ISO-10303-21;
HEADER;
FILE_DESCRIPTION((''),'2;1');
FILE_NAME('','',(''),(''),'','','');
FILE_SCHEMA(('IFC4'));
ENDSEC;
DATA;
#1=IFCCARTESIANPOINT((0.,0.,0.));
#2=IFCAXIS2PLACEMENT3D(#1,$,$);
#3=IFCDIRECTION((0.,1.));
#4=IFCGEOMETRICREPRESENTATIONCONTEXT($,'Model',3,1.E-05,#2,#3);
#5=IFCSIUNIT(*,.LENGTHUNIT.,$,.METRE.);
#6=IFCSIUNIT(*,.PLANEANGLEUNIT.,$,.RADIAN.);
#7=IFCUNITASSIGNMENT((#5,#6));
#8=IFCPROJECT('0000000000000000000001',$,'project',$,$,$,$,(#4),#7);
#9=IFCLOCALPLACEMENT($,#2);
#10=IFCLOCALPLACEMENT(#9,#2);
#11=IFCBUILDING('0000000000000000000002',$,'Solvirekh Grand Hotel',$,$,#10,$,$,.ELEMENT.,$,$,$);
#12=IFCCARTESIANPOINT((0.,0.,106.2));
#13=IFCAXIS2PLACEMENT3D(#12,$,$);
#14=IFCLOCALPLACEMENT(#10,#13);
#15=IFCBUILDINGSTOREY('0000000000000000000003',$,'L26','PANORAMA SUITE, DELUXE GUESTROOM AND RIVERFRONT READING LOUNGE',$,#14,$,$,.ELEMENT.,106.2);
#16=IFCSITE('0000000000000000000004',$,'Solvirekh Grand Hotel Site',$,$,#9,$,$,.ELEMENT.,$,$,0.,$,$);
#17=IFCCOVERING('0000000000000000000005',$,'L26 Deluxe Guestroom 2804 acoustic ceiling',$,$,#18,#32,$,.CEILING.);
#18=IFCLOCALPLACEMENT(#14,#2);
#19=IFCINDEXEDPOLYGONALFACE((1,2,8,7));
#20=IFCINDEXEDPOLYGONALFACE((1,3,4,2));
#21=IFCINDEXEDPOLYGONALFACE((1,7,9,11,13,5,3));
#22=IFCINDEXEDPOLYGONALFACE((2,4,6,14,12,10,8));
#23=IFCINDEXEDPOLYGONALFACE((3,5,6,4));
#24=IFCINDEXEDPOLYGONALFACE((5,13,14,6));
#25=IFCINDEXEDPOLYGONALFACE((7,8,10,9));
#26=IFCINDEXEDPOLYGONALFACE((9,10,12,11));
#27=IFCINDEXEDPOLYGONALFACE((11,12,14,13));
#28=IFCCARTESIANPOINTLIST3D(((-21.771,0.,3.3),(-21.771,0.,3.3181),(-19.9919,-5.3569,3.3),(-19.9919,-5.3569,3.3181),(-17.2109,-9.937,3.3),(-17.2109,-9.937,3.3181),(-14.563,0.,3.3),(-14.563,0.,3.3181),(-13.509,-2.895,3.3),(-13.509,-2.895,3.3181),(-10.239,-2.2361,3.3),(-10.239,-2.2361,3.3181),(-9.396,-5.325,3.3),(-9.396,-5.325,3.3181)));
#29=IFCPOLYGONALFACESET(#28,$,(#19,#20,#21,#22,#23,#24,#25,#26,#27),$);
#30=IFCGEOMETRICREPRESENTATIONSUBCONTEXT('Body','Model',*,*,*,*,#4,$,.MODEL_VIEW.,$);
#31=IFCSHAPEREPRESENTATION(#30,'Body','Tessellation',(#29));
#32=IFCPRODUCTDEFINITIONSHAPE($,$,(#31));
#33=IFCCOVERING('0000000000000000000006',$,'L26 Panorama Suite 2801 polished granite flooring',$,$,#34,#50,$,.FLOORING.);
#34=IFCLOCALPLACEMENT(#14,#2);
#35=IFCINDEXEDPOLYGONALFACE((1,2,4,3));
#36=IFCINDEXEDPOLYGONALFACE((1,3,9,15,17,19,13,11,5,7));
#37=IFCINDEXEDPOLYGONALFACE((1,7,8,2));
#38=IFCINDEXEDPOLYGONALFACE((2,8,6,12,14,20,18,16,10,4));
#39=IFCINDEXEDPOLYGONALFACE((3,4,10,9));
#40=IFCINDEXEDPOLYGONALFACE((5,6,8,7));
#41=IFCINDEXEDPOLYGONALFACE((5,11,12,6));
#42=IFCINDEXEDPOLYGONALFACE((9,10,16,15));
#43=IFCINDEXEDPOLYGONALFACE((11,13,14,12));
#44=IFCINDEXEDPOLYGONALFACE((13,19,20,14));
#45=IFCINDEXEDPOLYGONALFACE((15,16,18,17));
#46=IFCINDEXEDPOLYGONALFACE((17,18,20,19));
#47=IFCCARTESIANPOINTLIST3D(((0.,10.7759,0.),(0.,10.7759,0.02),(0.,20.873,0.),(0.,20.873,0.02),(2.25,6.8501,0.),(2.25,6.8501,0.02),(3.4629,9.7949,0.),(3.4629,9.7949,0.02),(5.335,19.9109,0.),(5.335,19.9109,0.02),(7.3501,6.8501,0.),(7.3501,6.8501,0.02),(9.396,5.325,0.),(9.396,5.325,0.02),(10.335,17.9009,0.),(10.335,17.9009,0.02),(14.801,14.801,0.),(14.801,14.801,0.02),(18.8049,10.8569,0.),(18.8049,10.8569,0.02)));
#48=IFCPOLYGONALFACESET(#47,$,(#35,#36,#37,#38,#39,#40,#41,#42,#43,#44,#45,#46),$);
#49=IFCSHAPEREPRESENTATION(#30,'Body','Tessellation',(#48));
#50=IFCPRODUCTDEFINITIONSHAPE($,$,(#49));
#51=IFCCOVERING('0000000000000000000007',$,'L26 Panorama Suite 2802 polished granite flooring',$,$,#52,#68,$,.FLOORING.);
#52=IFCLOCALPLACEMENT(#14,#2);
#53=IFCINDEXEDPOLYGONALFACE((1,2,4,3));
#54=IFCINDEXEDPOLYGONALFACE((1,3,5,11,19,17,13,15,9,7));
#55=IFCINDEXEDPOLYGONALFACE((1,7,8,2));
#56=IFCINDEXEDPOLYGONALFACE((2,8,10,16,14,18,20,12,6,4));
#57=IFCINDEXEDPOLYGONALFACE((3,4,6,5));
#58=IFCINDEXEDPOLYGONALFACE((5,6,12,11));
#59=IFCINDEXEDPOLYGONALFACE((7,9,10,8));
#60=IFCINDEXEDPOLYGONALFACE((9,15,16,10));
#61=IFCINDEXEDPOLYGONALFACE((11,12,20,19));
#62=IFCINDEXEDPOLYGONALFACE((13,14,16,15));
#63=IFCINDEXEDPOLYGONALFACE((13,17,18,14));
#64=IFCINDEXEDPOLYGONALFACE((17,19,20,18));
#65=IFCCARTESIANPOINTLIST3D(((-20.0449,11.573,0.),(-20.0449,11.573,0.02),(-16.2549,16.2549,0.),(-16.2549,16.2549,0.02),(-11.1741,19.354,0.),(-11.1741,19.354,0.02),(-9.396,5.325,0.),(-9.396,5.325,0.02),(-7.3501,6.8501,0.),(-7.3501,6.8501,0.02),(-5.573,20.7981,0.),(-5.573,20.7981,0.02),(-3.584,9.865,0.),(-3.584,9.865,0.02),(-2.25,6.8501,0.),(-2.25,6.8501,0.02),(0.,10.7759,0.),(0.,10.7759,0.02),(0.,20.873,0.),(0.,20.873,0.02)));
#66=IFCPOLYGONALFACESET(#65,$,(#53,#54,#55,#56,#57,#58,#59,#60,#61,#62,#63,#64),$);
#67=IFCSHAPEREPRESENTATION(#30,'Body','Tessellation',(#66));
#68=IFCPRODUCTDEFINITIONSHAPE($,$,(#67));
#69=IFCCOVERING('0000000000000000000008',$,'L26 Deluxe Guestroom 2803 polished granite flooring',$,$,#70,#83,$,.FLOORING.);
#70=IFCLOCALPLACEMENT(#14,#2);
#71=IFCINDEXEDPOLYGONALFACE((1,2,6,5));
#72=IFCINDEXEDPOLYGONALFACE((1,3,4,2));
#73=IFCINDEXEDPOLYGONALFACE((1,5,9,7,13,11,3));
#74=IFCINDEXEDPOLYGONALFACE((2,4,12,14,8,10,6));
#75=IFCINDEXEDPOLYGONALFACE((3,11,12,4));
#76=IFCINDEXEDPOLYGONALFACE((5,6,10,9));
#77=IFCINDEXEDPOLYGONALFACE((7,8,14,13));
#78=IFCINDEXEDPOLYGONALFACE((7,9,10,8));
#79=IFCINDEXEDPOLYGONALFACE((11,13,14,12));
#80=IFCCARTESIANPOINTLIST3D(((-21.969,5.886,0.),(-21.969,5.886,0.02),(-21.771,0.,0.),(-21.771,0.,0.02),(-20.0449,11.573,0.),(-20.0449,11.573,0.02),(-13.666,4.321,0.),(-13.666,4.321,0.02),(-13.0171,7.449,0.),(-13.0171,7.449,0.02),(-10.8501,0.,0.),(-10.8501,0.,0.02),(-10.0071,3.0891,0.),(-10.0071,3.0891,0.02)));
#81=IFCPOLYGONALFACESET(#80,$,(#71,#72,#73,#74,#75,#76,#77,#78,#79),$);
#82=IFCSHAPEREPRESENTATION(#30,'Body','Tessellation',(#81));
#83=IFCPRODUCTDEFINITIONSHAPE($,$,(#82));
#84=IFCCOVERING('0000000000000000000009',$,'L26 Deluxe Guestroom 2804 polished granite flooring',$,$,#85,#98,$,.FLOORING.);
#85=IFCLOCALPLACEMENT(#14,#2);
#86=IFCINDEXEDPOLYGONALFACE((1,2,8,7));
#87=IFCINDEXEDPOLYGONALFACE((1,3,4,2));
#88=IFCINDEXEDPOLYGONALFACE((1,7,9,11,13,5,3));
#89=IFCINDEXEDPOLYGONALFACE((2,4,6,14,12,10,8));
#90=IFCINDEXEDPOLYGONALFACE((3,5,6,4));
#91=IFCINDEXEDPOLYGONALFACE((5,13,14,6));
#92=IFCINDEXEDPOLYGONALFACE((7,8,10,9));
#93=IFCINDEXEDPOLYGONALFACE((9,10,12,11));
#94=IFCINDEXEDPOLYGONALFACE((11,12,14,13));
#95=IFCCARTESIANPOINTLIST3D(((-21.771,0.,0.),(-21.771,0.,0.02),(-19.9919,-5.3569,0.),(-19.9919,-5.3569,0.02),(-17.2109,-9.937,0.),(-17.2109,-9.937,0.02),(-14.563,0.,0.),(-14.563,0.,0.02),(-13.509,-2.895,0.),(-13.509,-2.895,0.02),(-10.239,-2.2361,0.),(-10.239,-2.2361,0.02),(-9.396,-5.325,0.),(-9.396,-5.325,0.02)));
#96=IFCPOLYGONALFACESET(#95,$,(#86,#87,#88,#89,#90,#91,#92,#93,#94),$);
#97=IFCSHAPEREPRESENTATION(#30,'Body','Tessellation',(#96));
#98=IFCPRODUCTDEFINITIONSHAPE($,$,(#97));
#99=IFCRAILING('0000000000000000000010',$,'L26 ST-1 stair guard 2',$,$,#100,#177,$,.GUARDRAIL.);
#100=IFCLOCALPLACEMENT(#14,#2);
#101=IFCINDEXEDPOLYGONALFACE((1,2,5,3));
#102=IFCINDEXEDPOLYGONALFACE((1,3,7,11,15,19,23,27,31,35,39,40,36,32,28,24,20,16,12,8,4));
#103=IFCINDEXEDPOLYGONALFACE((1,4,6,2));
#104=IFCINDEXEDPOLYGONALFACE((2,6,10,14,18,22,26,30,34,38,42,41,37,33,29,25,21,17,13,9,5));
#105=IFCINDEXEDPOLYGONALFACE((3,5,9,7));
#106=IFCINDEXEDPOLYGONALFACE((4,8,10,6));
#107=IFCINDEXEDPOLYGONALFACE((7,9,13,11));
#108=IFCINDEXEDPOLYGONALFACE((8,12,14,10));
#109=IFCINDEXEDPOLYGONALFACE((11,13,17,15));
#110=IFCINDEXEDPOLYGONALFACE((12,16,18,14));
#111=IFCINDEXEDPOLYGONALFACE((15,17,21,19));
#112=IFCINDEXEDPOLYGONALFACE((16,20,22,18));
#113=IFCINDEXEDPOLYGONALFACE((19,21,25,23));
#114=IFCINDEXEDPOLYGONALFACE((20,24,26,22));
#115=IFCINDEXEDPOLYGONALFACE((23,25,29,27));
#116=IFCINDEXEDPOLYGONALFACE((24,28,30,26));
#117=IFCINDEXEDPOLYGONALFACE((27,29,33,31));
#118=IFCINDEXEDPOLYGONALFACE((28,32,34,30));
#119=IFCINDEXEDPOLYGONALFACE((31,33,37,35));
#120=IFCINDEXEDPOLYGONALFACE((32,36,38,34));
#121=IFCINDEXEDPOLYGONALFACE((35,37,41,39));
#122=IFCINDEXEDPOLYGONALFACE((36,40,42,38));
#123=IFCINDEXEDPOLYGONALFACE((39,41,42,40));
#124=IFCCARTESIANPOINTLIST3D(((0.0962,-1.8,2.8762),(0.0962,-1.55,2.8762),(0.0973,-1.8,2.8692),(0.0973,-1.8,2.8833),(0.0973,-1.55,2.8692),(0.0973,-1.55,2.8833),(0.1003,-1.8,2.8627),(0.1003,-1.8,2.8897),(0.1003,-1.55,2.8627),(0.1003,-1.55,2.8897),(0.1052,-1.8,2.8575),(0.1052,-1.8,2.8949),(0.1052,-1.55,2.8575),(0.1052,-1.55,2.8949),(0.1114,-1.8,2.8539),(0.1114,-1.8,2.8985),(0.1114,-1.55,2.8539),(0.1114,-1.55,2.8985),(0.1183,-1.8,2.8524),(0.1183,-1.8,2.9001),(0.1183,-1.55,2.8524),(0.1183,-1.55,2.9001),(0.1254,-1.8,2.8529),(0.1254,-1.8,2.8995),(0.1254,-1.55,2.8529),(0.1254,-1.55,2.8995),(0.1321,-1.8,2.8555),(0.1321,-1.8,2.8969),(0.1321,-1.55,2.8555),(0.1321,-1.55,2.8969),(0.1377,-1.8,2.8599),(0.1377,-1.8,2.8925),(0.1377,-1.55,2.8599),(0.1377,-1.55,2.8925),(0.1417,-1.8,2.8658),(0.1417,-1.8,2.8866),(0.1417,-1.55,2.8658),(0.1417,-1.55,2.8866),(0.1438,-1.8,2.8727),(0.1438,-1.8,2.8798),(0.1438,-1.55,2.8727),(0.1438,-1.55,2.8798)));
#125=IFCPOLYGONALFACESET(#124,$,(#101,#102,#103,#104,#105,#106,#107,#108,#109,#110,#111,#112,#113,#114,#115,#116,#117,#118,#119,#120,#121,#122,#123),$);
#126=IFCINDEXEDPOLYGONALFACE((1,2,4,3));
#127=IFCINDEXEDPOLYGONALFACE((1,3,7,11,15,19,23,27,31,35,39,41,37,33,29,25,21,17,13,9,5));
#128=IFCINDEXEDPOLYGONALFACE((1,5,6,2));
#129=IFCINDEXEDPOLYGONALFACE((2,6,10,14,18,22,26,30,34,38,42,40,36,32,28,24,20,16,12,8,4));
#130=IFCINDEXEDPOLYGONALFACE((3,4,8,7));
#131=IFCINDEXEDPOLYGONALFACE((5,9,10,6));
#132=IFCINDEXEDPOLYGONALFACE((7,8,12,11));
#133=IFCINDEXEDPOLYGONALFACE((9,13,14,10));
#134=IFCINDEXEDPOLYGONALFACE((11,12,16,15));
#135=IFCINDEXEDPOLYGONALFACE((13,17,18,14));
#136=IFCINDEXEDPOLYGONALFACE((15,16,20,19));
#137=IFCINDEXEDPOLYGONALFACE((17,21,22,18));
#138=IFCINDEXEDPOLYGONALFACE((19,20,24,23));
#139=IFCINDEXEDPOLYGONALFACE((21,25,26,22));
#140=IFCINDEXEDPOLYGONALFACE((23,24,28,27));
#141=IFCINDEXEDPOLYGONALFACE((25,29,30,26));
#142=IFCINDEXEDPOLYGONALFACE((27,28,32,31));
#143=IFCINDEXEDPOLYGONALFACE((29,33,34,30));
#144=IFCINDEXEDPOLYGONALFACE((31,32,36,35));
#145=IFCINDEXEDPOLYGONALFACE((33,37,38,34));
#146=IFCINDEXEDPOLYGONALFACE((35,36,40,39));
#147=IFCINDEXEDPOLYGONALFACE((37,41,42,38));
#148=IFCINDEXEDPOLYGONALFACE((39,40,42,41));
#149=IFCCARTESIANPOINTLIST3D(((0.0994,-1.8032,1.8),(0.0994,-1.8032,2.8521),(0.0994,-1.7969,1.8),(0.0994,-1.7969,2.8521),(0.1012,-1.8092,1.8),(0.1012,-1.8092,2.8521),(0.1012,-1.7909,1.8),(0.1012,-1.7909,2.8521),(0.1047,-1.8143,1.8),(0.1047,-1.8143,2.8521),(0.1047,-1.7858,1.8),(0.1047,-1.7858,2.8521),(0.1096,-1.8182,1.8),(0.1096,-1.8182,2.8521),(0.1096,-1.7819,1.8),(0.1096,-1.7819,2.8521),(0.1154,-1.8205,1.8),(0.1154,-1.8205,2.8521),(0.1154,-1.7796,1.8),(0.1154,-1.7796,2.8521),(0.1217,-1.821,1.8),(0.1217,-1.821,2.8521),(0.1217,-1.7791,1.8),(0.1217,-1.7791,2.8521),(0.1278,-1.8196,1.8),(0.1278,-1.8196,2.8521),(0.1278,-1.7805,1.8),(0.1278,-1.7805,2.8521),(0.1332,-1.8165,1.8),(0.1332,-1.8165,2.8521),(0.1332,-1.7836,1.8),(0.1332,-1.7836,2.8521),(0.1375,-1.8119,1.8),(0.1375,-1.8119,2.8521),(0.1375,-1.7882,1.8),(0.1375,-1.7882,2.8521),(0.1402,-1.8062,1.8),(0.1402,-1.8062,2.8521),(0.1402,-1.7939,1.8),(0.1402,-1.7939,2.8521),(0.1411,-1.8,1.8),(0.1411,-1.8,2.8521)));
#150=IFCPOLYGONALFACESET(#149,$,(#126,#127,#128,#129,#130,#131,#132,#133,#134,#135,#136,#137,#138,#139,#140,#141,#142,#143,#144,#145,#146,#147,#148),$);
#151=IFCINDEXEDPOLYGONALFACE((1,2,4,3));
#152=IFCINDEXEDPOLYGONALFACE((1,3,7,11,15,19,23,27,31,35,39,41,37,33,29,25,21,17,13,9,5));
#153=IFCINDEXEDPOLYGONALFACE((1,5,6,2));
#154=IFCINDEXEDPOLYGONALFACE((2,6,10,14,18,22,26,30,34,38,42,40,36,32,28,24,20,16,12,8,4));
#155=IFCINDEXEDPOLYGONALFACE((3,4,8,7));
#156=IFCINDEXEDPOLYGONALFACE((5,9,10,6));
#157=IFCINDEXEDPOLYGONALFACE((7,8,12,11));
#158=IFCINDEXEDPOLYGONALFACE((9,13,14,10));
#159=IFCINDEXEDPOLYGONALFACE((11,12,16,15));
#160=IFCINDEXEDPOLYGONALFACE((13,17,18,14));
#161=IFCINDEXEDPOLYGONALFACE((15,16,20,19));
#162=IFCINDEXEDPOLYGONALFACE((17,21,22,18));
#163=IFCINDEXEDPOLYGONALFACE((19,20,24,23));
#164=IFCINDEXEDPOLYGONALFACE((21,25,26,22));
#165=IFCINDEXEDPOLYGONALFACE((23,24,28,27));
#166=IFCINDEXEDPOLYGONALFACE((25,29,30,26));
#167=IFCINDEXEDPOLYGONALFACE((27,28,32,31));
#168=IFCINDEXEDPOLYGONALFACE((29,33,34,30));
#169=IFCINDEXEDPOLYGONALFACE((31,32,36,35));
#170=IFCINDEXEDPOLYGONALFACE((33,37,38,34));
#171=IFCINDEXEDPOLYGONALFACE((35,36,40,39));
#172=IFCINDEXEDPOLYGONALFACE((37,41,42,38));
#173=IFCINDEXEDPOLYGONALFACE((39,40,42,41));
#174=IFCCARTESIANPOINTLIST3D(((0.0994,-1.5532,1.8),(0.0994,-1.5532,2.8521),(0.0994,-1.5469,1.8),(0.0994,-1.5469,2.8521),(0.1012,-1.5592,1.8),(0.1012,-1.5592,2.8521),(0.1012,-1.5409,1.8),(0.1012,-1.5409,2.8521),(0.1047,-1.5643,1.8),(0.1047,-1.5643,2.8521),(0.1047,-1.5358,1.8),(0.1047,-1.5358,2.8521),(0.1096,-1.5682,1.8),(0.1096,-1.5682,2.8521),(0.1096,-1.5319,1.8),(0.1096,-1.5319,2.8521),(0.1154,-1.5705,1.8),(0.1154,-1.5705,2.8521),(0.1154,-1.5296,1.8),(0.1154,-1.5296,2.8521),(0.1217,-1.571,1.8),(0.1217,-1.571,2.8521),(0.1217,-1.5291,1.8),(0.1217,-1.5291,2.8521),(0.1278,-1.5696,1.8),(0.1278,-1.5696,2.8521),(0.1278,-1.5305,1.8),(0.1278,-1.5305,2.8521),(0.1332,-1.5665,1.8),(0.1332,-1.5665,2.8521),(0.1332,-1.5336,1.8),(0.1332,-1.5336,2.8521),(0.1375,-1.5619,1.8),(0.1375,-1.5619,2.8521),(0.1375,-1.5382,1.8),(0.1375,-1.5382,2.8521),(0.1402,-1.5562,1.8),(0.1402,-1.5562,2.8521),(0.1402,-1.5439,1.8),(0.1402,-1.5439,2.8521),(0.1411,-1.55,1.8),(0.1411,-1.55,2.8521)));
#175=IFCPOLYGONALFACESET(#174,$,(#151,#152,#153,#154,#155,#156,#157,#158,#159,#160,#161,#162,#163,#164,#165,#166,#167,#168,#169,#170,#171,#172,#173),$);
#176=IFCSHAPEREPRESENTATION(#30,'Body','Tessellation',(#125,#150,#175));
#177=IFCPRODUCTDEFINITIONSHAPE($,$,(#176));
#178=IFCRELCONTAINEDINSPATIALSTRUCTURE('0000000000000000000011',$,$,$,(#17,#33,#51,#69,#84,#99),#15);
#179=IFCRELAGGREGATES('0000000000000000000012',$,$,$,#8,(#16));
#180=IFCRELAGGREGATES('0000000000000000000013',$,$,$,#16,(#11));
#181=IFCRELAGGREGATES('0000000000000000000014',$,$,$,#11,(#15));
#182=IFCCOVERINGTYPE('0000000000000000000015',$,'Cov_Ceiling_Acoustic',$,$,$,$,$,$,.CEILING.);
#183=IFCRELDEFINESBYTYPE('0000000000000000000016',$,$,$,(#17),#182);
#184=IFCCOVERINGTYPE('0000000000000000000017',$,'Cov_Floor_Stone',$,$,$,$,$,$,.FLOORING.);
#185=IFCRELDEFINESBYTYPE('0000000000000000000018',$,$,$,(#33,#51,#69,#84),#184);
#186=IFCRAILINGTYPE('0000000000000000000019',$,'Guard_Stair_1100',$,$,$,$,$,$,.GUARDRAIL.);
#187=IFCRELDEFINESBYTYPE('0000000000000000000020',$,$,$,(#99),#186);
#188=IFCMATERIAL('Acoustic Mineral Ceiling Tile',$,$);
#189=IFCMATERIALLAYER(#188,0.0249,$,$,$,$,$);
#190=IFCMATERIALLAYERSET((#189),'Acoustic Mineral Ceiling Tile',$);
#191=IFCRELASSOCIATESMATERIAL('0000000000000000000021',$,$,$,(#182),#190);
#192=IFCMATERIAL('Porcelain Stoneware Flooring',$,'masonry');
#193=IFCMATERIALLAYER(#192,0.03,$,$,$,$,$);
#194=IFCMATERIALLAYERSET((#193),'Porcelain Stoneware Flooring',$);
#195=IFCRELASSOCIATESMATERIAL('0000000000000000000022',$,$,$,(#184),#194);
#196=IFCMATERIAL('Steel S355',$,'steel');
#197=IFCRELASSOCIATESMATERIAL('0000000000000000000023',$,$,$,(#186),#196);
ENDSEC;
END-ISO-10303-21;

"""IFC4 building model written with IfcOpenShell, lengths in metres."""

from ifc_helpers import new_model, si_unit, direction, frame, origin, origin_2d, place, context, subcontext, project, spatial, polyline, circle, outline, extrude, material, layer, layer_set, type_object, element, save


model = new_model("IFC4")

# Units and contexts
model_context = context("Model", 3, precision=1e-05, world=origin(), true_north=direction((0.0, 1.0)))
body_context = subcontext(model_context, "Body", "Model", "MODEL_VIEW")
ifc_project = project(units=[si_unit("LENGTHUNIT", "METRE"), si_unit("PLANEANGLEUNIT", "RADIAN")], contexts=[model_context])

# Site, building, storey
site_placement = place(None, origin())
site = spatial("IfcSite", under=ifc_project, at=site_placement, Name="Solvirekh Grand Hotel Site", CompositionType="ELEMENT", RefElevation=0.0)
building_placement = place(site_placement, origin())
building = spatial("IfcBuilding", under=site, at=building_placement, Name="Solvirekh Grand Hotel", CompositionType="ELEMENT")
storey_placement = place(building_placement, frame((0.0, 0.0, 106.2)))
storey = spatial("IfcBuildingStorey", under=building, at=storey_placement, Name="L26", Description="PANORAMA SUITE, DELUXE GUESTROOM AND RIVERFRONT READING LOUNGE", CompositionType="ELEMENT", Elevation=106.2)

# Coverings
ifc_material_1 = material(Name="Acoustic Mineral Ceiling Tile")
ifc_layer_1 = layer(ifc_material_1, 0.0249)
ifc_layer_set_1 = layer_set([ifc_layer_1], Name="Acoustic Mineral Ceiling Tile")
covering_type_1 = type_object("IfcCoveringType", Name="Cov_Ceiling_Acoustic", PredefinedType="CEILING", material=ifc_layer_set_1)
covering_1_placement = place(storey_placement, frame((0.0, 0.0, 3.3)))
element("IfcCovering", 1, at=covering_1_placement, inside=storey, type_object=covering_type_1, Name="L26 Deluxe Guestroom 2804 acoustic ceiling", PredefinedType="CEILING", context=body_context, shape_type="SweptSolid", body=[
    extrude(outline(polyline([(-13.509, -2.895), (-14.563, 0.0), (-21.771, 0.0), (-19.9919, -5.3569), (-17.2109, -9.937), (-9.396, -5.325), (-10.239, -2.2361), (-13.509, -2.895)])), origin(), (0.0, 0.0, 1.0), 0.0181),
])
ifc_material_2 = material(Name="Porcelain Stoneware Flooring", Category="masonry")
ifc_layer_2 = layer(ifc_material_2, 0.03)
ifc_layer_set_2 = layer_set([ifc_layer_2], Name="Porcelain Stoneware Flooring")
covering_type_2 = type_object("IfcCoveringType", Name="Cov_Floor_Stone", PredefinedType="FLOORING", material=ifc_layer_set_2)
covering_2_placement = place(storey_placement, origin())
element("IfcCovering", 2, at=covering_2_placement, inside=storey, type_object=covering_type_2, Name="L26 Panorama Suite 2801 polished granite flooring", PredefinedType="FLOORING", context=body_context, shape_type="SweptSolid", body=[
    extrude(outline(polyline([(0.0, 10.7759), (3.4629, 9.7949), (2.25, 6.8501), (7.3501, 6.8501), (9.396, 5.325), (18.8049, 10.8569), (14.801, 14.801), (10.335, 17.9009), (5.335, 19.9109), (0.0, 20.873), (0.0, 10.7759)])), origin(), (0.0, 0.0, 1.0), 0.02),
])
covering_3_placement = place(storey_placement, origin())
element("IfcCovering", 3, at=covering_3_placement, inside=storey, type_object=covering_type_2, Name="L26 Panorama Suite 2802 polished granite flooring", PredefinedType="FLOORING", context=body_context, shape_type="SweptSolid", body=[
    extrude(outline(polyline([(-2.25, 6.8501), (-3.584, 9.865), (0.0, 10.7759), (0.0, 20.873), (-5.573, 20.7981), (-11.1741, 19.354), (-16.2549, 16.2549), (-20.0449, 11.573), (-9.396, 5.325), (-7.3501, 6.8501), (-2.25, 6.8501)])), origin(), (0.0, 0.0, 1.0), 0.02),
])
covering_4_placement = place(storey_placement, origin())
element("IfcCovering", 4, at=covering_4_placement, inside=storey, type_object=covering_type_2, Name="L26 Deluxe Guestroom 2803 polished granite flooring", PredefinedType="FLOORING", context=body_context, shape_type="SweptSolid", body=[
    extrude(outline(polyline([(-13.666, 4.321), (-13.0171, 7.449), (-20.0449, 11.573), (-21.969, 5.886), (-21.771, 0.0), (-10.8501, 0.0), (-10.0071, 3.0891), (-13.666, 4.321)])), origin(), (0.0, 0.0, 1.0), 0.02),
])
covering_5_placement = place(storey_placement, origin())
element("IfcCovering", 5, at=covering_5_placement, inside=storey, type_object=covering_type_2, Name="L26 Deluxe Guestroom 2804 polished granite flooring", PredefinedType="FLOORING", context=body_context, shape_type="SweptSolid", body=[
    extrude(outline(polyline([(-13.509, -2.895), (-14.563, 0.0), (-21.771, 0.0), (-19.9919, -5.3569), (-17.2109, -9.937), (-9.396, -5.325), (-10.239, -2.2361), (-13.509, -2.895)])), origin(), (0.0, 0.0, 1.0), 0.02),
])

# Railing
ifc_material_3 = material(Name="Steel S355", Category="steel")
railing_type_1 = type_object("IfcRailingType", Name="Guard_Stair_1100", PredefinedType="GUARDRAIL", material=ifc_material_3)
railing_1_placement = place(storey_placement, frame((0.1201, -1.8, 1.8)))
element("IfcRailing", 6, at=railing_1_placement, inside=storey, type_object=railing_type_1, Name="L26 ST-1 stair guard 2", PredefinedType="GUARDRAIL", context=body_context, shape_type="SweptSolid", body=[
    extrude(circle(Radius=0.0239, at=origin_2d()), frame((0.0, 0.0, 1.0762), z_axis=(0.0, 1.0, 0.0), x_axis=(-1.0, 0.0, 0.0)), (0.0, 0.0, 1.0), 0.25),
    extrude(circle(Radius=0.021, at=origin_2d()), origin(), (0.0, 0.0, 1.0), 1.052),
    extrude(circle(Radius=0.021, at=origin_2d()), frame((0.0, 0.25, 0.0)), (0.0, 0.0, 1.0), 1.052),
])

save(model, "model.ifc")
